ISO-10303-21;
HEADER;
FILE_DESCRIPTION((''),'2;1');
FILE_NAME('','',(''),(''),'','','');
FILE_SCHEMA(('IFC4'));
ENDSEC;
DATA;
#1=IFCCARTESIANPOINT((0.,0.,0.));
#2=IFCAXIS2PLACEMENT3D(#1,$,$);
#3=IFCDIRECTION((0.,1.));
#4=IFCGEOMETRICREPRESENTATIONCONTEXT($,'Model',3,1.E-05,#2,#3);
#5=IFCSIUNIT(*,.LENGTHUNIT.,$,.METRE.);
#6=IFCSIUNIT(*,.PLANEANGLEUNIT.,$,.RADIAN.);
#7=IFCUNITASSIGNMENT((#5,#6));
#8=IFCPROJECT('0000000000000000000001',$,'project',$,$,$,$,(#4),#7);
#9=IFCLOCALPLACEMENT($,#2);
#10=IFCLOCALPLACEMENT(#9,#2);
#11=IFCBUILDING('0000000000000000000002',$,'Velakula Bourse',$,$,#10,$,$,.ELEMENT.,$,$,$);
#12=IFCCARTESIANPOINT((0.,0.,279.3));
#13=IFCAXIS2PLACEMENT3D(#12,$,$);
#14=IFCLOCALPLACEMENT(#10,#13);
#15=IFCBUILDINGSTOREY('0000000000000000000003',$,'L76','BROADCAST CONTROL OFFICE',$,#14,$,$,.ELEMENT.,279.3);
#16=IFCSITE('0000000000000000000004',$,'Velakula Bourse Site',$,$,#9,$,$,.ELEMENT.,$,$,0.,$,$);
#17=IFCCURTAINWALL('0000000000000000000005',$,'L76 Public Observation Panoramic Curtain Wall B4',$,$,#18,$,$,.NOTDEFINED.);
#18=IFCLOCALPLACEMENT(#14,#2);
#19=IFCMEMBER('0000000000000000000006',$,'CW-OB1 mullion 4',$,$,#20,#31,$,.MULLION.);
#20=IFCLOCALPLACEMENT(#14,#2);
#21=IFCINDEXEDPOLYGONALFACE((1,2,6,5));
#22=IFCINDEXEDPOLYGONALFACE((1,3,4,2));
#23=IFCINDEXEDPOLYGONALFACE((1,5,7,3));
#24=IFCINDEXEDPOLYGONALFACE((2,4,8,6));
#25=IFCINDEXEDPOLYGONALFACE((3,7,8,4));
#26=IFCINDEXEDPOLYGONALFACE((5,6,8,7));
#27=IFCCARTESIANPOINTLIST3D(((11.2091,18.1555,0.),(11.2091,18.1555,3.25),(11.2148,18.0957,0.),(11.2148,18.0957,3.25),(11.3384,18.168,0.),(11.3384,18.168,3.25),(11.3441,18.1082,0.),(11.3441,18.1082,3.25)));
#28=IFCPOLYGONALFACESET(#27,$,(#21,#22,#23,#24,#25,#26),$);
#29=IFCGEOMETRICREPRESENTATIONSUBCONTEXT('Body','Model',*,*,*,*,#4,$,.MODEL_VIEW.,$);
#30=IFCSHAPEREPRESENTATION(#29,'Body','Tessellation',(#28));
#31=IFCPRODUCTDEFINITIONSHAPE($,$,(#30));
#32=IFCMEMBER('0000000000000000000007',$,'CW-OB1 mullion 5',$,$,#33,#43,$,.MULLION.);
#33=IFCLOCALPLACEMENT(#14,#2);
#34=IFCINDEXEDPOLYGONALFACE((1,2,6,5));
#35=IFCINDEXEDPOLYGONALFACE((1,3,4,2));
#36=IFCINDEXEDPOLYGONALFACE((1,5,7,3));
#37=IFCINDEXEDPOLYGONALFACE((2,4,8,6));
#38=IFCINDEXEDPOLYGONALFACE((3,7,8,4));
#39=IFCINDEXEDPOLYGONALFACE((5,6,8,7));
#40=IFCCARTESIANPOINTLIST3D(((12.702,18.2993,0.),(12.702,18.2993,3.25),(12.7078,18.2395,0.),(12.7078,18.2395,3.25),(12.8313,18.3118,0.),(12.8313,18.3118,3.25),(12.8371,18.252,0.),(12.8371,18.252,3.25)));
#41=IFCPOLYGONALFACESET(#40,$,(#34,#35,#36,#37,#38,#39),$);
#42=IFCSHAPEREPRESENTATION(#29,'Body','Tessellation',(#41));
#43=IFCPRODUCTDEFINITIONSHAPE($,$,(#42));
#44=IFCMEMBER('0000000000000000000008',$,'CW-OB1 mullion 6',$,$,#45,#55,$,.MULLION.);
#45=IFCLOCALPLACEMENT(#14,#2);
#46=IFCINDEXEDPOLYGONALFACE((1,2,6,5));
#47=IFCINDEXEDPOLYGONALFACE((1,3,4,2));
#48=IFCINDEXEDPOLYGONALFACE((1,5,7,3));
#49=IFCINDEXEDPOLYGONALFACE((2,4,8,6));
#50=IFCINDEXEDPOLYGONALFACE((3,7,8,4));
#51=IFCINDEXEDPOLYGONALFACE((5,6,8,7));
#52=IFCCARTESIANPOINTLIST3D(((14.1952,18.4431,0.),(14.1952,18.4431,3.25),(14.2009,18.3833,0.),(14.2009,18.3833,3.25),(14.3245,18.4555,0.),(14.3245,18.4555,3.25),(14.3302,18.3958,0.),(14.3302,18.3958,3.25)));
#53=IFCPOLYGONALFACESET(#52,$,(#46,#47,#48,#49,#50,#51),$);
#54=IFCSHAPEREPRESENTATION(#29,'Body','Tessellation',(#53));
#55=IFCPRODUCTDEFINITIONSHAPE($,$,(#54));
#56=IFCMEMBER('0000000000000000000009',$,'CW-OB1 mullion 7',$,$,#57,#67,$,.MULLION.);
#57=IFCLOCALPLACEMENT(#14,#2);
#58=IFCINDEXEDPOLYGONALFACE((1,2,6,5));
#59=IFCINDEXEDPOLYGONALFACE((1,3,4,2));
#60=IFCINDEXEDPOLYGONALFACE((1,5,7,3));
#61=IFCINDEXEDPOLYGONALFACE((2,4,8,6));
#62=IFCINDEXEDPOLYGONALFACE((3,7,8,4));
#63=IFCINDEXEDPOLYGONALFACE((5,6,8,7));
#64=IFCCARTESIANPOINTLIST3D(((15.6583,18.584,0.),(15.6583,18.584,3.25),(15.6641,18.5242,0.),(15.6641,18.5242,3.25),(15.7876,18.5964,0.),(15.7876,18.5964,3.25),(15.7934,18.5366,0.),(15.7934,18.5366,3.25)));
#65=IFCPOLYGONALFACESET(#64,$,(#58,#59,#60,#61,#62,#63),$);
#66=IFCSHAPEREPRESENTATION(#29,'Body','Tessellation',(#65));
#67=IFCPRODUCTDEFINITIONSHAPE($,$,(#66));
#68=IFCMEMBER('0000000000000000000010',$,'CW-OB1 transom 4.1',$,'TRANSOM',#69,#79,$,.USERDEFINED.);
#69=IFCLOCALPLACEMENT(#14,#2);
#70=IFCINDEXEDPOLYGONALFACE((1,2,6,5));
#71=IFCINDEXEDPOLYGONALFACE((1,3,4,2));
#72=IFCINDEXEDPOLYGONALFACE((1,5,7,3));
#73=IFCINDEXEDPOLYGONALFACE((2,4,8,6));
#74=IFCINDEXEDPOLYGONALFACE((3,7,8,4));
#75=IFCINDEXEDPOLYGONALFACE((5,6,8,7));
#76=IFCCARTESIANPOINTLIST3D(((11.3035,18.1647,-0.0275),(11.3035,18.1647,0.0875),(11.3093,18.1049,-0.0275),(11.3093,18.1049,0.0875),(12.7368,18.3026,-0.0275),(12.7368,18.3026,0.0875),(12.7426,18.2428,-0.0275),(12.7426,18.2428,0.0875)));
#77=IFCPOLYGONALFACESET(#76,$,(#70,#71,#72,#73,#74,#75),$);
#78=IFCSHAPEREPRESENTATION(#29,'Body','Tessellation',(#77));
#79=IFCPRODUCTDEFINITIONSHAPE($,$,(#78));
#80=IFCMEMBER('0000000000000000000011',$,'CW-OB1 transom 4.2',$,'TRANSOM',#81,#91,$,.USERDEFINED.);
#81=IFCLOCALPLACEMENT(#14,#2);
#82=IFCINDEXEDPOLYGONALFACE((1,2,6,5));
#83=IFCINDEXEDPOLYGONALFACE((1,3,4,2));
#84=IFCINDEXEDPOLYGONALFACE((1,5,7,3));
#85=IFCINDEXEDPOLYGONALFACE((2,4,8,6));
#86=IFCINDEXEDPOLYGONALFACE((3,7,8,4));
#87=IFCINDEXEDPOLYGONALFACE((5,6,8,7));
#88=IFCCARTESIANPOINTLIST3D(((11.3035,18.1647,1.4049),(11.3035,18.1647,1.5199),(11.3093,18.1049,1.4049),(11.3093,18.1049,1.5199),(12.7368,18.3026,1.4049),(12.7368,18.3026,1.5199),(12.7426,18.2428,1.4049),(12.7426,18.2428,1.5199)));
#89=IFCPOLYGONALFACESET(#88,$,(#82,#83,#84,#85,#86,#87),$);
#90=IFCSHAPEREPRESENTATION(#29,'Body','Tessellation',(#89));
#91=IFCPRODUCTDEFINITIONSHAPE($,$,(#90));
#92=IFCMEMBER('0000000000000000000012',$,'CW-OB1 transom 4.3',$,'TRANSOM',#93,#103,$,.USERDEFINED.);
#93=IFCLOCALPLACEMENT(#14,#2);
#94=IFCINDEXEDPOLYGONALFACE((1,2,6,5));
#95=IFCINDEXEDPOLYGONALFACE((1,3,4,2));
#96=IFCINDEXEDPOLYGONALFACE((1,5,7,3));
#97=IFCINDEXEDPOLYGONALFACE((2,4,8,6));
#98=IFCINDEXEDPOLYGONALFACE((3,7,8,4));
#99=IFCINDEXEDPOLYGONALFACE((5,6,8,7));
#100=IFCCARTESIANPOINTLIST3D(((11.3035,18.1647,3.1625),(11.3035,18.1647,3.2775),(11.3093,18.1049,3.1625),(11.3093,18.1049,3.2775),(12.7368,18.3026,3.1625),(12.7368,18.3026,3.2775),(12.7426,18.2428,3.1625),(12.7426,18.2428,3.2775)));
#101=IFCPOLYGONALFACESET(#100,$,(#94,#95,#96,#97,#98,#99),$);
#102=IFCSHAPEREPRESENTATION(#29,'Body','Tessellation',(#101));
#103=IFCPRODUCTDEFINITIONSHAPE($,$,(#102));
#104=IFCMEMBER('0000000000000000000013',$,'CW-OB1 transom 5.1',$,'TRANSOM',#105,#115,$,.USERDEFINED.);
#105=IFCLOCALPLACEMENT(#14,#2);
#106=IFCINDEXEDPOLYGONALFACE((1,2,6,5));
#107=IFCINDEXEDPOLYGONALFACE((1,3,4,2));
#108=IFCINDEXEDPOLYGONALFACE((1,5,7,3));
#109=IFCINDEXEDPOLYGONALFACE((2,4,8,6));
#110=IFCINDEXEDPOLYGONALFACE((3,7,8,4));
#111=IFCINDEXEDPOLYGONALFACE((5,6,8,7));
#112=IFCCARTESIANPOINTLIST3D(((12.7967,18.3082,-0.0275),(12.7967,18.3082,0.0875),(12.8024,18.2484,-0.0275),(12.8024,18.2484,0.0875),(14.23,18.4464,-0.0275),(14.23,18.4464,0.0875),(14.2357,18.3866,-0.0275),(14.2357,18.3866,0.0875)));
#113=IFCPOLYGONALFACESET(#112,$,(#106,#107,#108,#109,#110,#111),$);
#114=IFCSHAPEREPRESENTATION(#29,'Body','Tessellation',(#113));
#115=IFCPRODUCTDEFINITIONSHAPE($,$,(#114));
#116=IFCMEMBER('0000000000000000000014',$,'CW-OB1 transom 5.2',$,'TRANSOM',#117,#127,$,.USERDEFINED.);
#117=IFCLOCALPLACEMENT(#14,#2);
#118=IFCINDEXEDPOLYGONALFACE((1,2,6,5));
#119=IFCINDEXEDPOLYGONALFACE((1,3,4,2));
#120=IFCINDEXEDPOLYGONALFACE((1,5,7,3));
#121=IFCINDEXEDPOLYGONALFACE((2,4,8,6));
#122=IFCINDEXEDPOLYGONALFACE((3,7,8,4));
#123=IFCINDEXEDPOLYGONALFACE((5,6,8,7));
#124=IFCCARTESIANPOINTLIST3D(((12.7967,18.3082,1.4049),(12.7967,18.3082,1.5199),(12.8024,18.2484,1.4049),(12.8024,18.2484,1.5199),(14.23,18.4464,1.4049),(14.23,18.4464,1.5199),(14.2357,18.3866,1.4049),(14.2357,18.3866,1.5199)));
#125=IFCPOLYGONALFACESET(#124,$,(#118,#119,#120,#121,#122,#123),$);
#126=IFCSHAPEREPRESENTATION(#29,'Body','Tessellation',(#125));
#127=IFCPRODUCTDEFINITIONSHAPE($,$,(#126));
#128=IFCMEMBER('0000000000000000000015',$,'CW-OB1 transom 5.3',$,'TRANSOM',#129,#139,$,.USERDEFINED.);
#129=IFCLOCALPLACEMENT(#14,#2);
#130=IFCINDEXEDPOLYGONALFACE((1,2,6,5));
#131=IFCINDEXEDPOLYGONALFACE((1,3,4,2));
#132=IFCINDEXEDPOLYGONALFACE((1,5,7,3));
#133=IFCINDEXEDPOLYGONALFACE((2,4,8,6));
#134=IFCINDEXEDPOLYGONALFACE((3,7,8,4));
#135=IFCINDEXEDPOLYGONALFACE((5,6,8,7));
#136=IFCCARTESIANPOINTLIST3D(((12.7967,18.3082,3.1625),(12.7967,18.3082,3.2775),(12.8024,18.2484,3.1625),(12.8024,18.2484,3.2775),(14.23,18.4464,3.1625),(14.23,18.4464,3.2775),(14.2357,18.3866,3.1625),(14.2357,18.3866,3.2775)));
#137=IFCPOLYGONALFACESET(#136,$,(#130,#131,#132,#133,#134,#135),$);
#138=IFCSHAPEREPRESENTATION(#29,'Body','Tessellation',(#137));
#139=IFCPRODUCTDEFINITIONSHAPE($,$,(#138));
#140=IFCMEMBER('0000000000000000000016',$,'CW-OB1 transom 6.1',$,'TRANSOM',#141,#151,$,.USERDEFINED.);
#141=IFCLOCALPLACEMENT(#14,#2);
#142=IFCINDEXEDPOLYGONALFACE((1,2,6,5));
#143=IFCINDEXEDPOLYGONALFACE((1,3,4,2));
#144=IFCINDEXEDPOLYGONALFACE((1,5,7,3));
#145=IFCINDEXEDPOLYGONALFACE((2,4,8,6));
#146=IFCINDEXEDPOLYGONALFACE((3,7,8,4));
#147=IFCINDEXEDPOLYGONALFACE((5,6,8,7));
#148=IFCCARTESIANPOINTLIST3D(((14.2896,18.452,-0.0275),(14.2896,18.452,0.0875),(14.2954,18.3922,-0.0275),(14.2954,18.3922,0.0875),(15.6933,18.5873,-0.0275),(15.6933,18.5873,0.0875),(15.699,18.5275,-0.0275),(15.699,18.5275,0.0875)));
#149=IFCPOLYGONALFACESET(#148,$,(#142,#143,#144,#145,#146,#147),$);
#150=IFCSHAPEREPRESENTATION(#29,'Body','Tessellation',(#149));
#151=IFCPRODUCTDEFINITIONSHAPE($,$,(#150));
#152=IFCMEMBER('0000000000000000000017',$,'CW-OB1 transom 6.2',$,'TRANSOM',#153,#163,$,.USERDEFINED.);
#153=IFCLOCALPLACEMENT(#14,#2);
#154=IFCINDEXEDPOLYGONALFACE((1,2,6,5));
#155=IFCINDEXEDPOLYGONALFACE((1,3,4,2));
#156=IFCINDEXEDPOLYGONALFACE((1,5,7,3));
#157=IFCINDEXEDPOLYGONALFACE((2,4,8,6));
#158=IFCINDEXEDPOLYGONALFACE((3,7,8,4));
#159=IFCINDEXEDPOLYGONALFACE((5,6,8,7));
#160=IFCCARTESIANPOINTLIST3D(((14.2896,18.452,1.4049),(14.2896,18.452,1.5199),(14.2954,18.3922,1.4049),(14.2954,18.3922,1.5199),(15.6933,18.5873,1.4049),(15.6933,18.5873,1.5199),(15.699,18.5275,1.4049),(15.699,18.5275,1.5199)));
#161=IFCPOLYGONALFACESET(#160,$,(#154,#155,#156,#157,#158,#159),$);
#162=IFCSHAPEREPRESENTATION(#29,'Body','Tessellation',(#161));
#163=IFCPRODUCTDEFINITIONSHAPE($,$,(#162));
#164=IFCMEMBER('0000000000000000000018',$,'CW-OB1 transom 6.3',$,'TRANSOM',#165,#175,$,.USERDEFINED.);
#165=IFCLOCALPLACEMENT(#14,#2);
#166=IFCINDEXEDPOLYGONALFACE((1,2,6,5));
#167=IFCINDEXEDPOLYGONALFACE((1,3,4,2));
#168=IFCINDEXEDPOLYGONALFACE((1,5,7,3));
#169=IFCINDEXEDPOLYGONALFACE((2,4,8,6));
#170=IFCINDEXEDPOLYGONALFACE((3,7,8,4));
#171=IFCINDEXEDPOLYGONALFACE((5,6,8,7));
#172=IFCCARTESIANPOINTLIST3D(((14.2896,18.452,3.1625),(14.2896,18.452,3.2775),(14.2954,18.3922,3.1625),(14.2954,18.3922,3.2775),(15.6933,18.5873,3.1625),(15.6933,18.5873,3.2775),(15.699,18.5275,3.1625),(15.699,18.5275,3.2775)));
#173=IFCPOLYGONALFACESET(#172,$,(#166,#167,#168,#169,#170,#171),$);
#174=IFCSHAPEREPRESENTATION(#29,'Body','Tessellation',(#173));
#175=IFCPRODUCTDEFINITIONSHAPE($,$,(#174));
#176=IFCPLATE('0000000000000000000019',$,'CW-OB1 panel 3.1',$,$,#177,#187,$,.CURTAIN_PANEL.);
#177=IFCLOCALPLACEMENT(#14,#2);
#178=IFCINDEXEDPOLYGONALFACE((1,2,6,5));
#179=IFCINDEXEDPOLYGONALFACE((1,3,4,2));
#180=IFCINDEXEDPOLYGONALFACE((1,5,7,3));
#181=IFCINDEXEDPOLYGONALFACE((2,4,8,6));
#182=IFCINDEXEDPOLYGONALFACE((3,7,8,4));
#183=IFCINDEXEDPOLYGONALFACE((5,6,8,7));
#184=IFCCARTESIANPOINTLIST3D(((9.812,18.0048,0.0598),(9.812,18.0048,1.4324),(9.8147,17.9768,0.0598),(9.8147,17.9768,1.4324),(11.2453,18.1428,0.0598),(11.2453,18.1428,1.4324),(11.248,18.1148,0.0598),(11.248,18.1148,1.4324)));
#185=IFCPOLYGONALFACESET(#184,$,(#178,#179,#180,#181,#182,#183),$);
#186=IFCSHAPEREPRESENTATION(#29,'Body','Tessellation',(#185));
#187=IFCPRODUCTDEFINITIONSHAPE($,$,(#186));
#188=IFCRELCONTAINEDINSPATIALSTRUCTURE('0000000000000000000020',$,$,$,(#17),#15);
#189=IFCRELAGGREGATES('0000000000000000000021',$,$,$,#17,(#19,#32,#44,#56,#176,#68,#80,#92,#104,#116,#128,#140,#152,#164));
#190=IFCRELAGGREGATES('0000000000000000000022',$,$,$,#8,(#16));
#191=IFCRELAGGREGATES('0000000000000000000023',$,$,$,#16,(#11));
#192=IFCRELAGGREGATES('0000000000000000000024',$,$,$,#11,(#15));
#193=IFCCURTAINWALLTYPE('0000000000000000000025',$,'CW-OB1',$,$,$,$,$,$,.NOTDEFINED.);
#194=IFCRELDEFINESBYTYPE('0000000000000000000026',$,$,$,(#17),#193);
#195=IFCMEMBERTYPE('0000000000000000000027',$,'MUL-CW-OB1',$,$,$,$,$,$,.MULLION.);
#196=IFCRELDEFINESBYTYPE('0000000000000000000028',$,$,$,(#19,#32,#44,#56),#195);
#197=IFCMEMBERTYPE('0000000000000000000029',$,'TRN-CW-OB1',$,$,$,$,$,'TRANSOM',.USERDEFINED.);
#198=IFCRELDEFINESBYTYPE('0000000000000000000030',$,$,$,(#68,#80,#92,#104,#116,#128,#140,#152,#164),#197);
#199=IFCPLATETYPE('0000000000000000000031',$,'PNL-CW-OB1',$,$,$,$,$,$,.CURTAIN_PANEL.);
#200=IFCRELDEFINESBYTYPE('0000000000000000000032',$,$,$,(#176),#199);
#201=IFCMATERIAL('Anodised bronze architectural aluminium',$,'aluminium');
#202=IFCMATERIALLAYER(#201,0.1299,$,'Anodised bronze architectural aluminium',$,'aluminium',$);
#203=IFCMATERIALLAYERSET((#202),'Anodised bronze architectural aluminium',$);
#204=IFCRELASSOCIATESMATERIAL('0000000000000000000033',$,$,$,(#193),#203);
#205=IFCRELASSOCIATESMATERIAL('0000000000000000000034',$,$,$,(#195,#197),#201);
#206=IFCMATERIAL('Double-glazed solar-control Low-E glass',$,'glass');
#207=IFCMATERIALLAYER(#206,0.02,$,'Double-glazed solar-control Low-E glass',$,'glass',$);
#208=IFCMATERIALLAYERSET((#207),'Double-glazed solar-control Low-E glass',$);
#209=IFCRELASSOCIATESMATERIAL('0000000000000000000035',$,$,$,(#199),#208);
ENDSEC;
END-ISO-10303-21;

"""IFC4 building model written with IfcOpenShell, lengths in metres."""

from ifc_helpers import new_model, si_unit, direction, frame, origin, origin_2d, place, context, subcontext, project, spatial, rectangle, extrude, material, layer, layer_set, material_profile, profile_set, type_object, element, aggregate, save


model = new_model("IFC4")

# Units and contexts
model_context = context("Model", 3, precision=1e-05, world=origin(), true_north=direction((0.0, 1.0)))
body_context = subcontext(model_context, "Body", "Model", "MODEL_VIEW")
ifc_project = project(units=[si_unit("LENGTHUNIT", "METRE"), si_unit("PLANEANGLEUNIT", "RADIAN")], contexts=[model_context])

# Site, building, storey
site_placement = place(None, origin())
site = spatial("IfcSite", under=ifc_project, at=site_placement, Name="Velakula Bourse Site", CompositionType="ELEMENT", RefElevation=0.0)
building_placement = place(site_placement, origin())
building = spatial("IfcBuilding", under=site, at=building_placement, Name="Velakula Bourse", CompositionType="ELEMENT")
storey_placement = place(building_placement, frame((0.0, 0.0, 279.3)))
storey = spatial("IfcBuildingStorey", under=building, at=storey_placement, Name="L76", Description="BROADCAST CONTROL OFFICE", CompositionType="ELEMENT", Elevation=279.3)

# Curtain wall, members, plate
ifc_material_1 = material(Name="Anodised bronze architectural aluminium", Category="aluminium")
ifc_layer_1 = layer(ifc_material_1, 0.1299, Name="Anodised bronze architectural aluminium", Category="aluminium")
ifc_layer_set_1 = layer_set([ifc_layer_1], Name="Anodised bronze architectural aluminium")
curtain_wall_type = type_object("IfcCurtainWallType", Name="CW-OB1", PredefinedType="NOTDEFINED", material=ifc_layer_set_1)
curtain_wall_placement = place(storey_placement, origin())
curtain_wall = element("IfcCurtainWall", 1, at=curtain_wall_placement, inside=storey, type_object=curtain_wall_type, Name="L76 Public Observation Panoramic Curtain Wall B4", PredefinedType="NOTDEFINED")
ifc_material_profile_1 = material_profile(ifc_material_1, rectangle(XDim=0.0601, YDim=0.1299, at=origin_2d()), Name="Anodised bronze architectural aluminium")
ifc_profile_set_1 = profile_set([ifc_material_profile_1], Name="Anodised bronze architectural aluminium")
member_type_1 = type_object("IfcMemberType", Name="MUL-CW-OB1", PredefinedType="MULLION", material=ifc_profile_set_1)
member_1_placement = place(storey_placement, frame((11.2766, 18.1318, 0.0), z_axis=(0.0, 0.0, 1.0), x_axis=(-0.095844, 0.995396, 0.0)))
member_1 = element("IfcMember", 2, at=member_1_placement, type_object=member_type_1, Name="CW-OB1 mullion 4", PredefinedType="MULLION", context=body_context, shape_type="SweptSolid", body=[
    extrude(rectangle(XDim=0.0601, YDim=0.1299, at=origin_2d()), origin(), (0.0, 0.0, 1.0), 3.25),
])
member_2_placement = place(storey_placement, frame((12.7695, 18.2756, 0.0), z_axis=(0.0, 0.0, 1.0), x_axis=(-0.095844, 0.995396, 0.0)))
member_2 = element("IfcMember", 3, at=member_2_placement, type_object=member_type_1, Name="CW-OB1 mullion 5", PredefinedType="MULLION", context=body_context, shape_type="SweptSolid", body=[
    extrude(rectangle(XDim=0.0601, YDim=0.1299, at=origin_2d()), origin(), (0.0, 0.0, 1.0), 3.25),
])
member_3_placement = place(storey_placement, frame((14.2627, 18.4194, 0.0), z_axis=(0.0, 0.0, 1.0), x_axis=(-0.095844, 0.995396, 0.0)))
member_3 = element("IfcMember", 4, at=member_3_placement, type_object=member_type_1, Name="CW-OB1 mullion 6", PredefinedType="MULLION", context=body_context, shape_type="SweptSolid", body=[
    extrude(rectangle(XDim=0.0601, YDim=0.1299, at=origin_2d()), origin(), (0.0, 0.0, 1.0), 3.25),
])
member_4_placement = place(storey_placement, frame((15.7258, 18.5603, 0.0), z_axis=(0.0, 0.0, 1.0), x_axis=(-0.095844, 0.995396, 0.0)))
member_4 = element("IfcMember", 5, at=member_4_placement, type_object=member_type_1, Name="CW-OB1 mullion 7", PredefinedType="MULLION", context=body_context, shape_type="SweptSolid", body=[
    extrude(rectangle(XDim=0.0601, YDim=0.1299, at=origin_2d()), origin(), (0.0, 0.0, 1.0), 3.25),
])
ifc_material_profile_2 = material_profile(ifc_material_1, rectangle(XDim=0.0601, YDim=0.115, at=origin_2d()), Name="Anodised bronze architectural aluminium")
ifc_profile_set_2 = profile_set([ifc_material_profile_2], Name="Anodised bronze architectural aluminium")
member_type_2 = type_object("IfcMemberType", Name="TRN-CW-OB1", ElementType="TRANSOM", PredefinedType="USERDEFINED", material=ifc_profile_set_2)
member_5_placement = place(storey_placement, frame((11.3064, 18.1348, 0.03), z_axis=(0.995401, 0.095793, 0.0), x_axis=(-0.095793, 0.995401, 0.0)))
member_5 = element("IfcMember", 6, at=member_5_placement, type_object=member_type_2, Name="CW-OB1 transom 4.1", ObjectType="TRANSOM", PredefinedType="USERDEFINED", context=body_context, shape_type="SweptSolid", body=[
    extrude(rectangle(XDim=0.0601, YDim=0.115, at=origin_2d()), origin(), (0.0, 0.0, 1.0), 1.4399),
])
member_6_placement = place(storey_placement, frame((11.3064, 18.1348, 1.4624), z_axis=(0.995401, 0.095793, 0.0), x_axis=(-0.095793, 0.995401, 0.0)))
member_6 = element("IfcMember", 7, at=member_6_placement, type_object=member_type_2, Name="CW-OB1 transom 4.2", ObjectType="TRANSOM", PredefinedType="USERDEFINED", context=body_context, shape_type="SweptSolid", body=[
    extrude(rectangle(XDim=0.0601, YDim=0.115, at=origin_2d()), origin(), (0.0, 0.0, 1.0), 1.4399),
])
member_7_placement = place(storey_placement, frame((11.3064, 18.1348, 3.22), z_axis=(0.995401, 0.095793, 0.0), x_axis=(-0.095793, 0.995401, 0.0)))
member_7 = element("IfcMember", 8, at=member_7_placement, type_object=member_type_2, Name="CW-OB1 transom 4.3", ObjectType="TRANSOM", PredefinedType="USERDEFINED", context=body_context, shape_type="SweptSolid", body=[
    extrude(rectangle(XDim=0.0601, YDim=0.115, at=origin_2d()), origin(), (0.0, 0.0, 1.0), 1.4399),
])
member_8_placement = place(storey_placement, frame((12.7996, 18.2783, 0.03), z_axis=(0.995385, 0.095961, 0.0), x_axis=(-0.095961, 0.995385, 0.0)))
member_8 = element("IfcMember", 9, at=member_8_placement, type_object=member_type_2, Name="CW-OB1 transom 5.1", ObjectType="TRANSOM", PredefinedType="USERDEFINED", context=body_context, shape_type="SweptSolid", body=[
    extrude(rectangle(XDim=0.0601, YDim=0.115, at=origin_2d()), origin(), (0.0, 0.0, 1.0), 1.4399),
])
member_9_placement = place(storey_placement, frame((12.7996, 18.2783, 1.4624), z_axis=(0.995385, 0.095961, 0.0), x_axis=(-0.095961, 0.995385, 0.0)))
member_9 = element("IfcMember", 10, at=member_9_placement, type_object=member_type_2, Name="CW-OB1 transom 5.2", ObjectType="TRANSOM", PredefinedType="USERDEFINED", context=body_context, shape_type="SweptSolid", body=[
    extrude(rectangle(XDim=0.0601, YDim=0.115, at=origin_2d()), origin(), (0.0, 0.0, 1.0), 1.4399),
])
member_10_placement = place(storey_placement, frame((12.7996, 18.2783, 3.22), z_axis=(0.995385, 0.095961, 0.0), x_axis=(-0.095961, 0.995385, 0.0)))
member_10 = element("IfcMember", 11, at=member_10_placement, type_object=member_type_2, Name="CW-OB1 transom 5.3", ObjectType="TRANSOM", PredefinedType="USERDEFINED", context=body_context, shape_type="SweptSolid", body=[
    extrude(rectangle(XDim=0.0601, YDim=0.115, at=origin_2d()), origin(), (0.0, 0.0, 1.0), 1.4399),
])
member_11_placement = place(storey_placement, frame((14.2925, 18.4221, 0.03), z_axis=(0.995389, 0.09592, 0.0), x_axis=(-0.09592, 0.995389, 0.0)))
member_11 = element("IfcMember", 12, at=member_11_placement, type_object=member_type_2, Name="CW-OB1 transom 6.1", ObjectType="TRANSOM", PredefinedType="USERDEFINED", context=body_context, shape_type="SweptSolid", body=[
    extrude(rectangle(XDim=0.0601, YDim=0.115, at=origin_2d()), origin(), (0.0, 0.0, 1.0), 1.4102),
])
member_12_placement = place(storey_placement, frame((14.2925, 18.4221, 1.4624), z_axis=(0.995389, 0.09592, 0.0), x_axis=(-0.09592, 0.995389, 0.0)))
member_12 = element("IfcMember", 13, at=member_12_placement, type_object=member_type_2, Name="CW-OB1 transom 6.2", ObjectType="TRANSOM", PredefinedType="USERDEFINED", context=body_context, shape_type="SweptSolid", body=[
    extrude(rectangle(XDim=0.0601, YDim=0.115, at=origin_2d()), origin(), (0.0, 0.0, 1.0), 1.4102),
])
member_13_placement = place(storey_placement, frame((14.2925, 18.4221, 3.22), z_axis=(0.995389, 0.09592, 0.0), x_axis=(-0.09592, 0.995389, 0.0)))
member_13 = element("IfcMember", 14, at=member_13_placement, type_object=member_type_2, Name="CW-OB1 transom 6.3", ObjectType="TRANSOM", PredefinedType="USERDEFINED", context=body_context, shape_type="SweptSolid", body=[
    extrude(rectangle(XDim=0.0601, YDim=0.115, at=origin_2d()), origin(), (0.0, 0.0, 1.0), 1.4102),
])
ifc_material_2 = material(Name="Double-glazed solar-control Low-E glass", Category="glass")
ifc_layer_2 = layer(ifc_material_2, 0.02, Name="Double-glazed solar-control Low-E glass", Category="glass")
ifc_layer_set_2 = layer_set([ifc_layer_2], Name="Double-glazed solar-control Low-E glass")
plate_type = type_object("IfcPlateType", Name="PNL-CW-OB1", PredefinedType="CURTAIN_PANEL", material=ifc_layer_set_2)
plate_1_placement = place(storey_placement, frame((10.53, 18.0598, 0.0598), z_axis=(0.0, 0.0, 1.0), x_axis=(0.995396, 0.095844, 0.0)))
plate_1 = element("IfcPlate", 15, at=plate_1_placement, type_object=plate_type, Name="CW-OB1 panel 3.1", PredefinedType="CURTAIN_PANEL", context=body_context, shape_type="SweptSolid", body=[
    extrude(rectangle(XDim=1.4399, YDim=0.0281, at=origin_2d()), origin(), (0.0, 0.0, 1.0), 1.3726),
])
aggregate(curtain_wall, [member_1, member_2, member_3, member_4, plate_1, member_5, member_6, member_7, member_8, member_9, member_10, member_11, member_12, member_13])

save(model, "model.ifc")
